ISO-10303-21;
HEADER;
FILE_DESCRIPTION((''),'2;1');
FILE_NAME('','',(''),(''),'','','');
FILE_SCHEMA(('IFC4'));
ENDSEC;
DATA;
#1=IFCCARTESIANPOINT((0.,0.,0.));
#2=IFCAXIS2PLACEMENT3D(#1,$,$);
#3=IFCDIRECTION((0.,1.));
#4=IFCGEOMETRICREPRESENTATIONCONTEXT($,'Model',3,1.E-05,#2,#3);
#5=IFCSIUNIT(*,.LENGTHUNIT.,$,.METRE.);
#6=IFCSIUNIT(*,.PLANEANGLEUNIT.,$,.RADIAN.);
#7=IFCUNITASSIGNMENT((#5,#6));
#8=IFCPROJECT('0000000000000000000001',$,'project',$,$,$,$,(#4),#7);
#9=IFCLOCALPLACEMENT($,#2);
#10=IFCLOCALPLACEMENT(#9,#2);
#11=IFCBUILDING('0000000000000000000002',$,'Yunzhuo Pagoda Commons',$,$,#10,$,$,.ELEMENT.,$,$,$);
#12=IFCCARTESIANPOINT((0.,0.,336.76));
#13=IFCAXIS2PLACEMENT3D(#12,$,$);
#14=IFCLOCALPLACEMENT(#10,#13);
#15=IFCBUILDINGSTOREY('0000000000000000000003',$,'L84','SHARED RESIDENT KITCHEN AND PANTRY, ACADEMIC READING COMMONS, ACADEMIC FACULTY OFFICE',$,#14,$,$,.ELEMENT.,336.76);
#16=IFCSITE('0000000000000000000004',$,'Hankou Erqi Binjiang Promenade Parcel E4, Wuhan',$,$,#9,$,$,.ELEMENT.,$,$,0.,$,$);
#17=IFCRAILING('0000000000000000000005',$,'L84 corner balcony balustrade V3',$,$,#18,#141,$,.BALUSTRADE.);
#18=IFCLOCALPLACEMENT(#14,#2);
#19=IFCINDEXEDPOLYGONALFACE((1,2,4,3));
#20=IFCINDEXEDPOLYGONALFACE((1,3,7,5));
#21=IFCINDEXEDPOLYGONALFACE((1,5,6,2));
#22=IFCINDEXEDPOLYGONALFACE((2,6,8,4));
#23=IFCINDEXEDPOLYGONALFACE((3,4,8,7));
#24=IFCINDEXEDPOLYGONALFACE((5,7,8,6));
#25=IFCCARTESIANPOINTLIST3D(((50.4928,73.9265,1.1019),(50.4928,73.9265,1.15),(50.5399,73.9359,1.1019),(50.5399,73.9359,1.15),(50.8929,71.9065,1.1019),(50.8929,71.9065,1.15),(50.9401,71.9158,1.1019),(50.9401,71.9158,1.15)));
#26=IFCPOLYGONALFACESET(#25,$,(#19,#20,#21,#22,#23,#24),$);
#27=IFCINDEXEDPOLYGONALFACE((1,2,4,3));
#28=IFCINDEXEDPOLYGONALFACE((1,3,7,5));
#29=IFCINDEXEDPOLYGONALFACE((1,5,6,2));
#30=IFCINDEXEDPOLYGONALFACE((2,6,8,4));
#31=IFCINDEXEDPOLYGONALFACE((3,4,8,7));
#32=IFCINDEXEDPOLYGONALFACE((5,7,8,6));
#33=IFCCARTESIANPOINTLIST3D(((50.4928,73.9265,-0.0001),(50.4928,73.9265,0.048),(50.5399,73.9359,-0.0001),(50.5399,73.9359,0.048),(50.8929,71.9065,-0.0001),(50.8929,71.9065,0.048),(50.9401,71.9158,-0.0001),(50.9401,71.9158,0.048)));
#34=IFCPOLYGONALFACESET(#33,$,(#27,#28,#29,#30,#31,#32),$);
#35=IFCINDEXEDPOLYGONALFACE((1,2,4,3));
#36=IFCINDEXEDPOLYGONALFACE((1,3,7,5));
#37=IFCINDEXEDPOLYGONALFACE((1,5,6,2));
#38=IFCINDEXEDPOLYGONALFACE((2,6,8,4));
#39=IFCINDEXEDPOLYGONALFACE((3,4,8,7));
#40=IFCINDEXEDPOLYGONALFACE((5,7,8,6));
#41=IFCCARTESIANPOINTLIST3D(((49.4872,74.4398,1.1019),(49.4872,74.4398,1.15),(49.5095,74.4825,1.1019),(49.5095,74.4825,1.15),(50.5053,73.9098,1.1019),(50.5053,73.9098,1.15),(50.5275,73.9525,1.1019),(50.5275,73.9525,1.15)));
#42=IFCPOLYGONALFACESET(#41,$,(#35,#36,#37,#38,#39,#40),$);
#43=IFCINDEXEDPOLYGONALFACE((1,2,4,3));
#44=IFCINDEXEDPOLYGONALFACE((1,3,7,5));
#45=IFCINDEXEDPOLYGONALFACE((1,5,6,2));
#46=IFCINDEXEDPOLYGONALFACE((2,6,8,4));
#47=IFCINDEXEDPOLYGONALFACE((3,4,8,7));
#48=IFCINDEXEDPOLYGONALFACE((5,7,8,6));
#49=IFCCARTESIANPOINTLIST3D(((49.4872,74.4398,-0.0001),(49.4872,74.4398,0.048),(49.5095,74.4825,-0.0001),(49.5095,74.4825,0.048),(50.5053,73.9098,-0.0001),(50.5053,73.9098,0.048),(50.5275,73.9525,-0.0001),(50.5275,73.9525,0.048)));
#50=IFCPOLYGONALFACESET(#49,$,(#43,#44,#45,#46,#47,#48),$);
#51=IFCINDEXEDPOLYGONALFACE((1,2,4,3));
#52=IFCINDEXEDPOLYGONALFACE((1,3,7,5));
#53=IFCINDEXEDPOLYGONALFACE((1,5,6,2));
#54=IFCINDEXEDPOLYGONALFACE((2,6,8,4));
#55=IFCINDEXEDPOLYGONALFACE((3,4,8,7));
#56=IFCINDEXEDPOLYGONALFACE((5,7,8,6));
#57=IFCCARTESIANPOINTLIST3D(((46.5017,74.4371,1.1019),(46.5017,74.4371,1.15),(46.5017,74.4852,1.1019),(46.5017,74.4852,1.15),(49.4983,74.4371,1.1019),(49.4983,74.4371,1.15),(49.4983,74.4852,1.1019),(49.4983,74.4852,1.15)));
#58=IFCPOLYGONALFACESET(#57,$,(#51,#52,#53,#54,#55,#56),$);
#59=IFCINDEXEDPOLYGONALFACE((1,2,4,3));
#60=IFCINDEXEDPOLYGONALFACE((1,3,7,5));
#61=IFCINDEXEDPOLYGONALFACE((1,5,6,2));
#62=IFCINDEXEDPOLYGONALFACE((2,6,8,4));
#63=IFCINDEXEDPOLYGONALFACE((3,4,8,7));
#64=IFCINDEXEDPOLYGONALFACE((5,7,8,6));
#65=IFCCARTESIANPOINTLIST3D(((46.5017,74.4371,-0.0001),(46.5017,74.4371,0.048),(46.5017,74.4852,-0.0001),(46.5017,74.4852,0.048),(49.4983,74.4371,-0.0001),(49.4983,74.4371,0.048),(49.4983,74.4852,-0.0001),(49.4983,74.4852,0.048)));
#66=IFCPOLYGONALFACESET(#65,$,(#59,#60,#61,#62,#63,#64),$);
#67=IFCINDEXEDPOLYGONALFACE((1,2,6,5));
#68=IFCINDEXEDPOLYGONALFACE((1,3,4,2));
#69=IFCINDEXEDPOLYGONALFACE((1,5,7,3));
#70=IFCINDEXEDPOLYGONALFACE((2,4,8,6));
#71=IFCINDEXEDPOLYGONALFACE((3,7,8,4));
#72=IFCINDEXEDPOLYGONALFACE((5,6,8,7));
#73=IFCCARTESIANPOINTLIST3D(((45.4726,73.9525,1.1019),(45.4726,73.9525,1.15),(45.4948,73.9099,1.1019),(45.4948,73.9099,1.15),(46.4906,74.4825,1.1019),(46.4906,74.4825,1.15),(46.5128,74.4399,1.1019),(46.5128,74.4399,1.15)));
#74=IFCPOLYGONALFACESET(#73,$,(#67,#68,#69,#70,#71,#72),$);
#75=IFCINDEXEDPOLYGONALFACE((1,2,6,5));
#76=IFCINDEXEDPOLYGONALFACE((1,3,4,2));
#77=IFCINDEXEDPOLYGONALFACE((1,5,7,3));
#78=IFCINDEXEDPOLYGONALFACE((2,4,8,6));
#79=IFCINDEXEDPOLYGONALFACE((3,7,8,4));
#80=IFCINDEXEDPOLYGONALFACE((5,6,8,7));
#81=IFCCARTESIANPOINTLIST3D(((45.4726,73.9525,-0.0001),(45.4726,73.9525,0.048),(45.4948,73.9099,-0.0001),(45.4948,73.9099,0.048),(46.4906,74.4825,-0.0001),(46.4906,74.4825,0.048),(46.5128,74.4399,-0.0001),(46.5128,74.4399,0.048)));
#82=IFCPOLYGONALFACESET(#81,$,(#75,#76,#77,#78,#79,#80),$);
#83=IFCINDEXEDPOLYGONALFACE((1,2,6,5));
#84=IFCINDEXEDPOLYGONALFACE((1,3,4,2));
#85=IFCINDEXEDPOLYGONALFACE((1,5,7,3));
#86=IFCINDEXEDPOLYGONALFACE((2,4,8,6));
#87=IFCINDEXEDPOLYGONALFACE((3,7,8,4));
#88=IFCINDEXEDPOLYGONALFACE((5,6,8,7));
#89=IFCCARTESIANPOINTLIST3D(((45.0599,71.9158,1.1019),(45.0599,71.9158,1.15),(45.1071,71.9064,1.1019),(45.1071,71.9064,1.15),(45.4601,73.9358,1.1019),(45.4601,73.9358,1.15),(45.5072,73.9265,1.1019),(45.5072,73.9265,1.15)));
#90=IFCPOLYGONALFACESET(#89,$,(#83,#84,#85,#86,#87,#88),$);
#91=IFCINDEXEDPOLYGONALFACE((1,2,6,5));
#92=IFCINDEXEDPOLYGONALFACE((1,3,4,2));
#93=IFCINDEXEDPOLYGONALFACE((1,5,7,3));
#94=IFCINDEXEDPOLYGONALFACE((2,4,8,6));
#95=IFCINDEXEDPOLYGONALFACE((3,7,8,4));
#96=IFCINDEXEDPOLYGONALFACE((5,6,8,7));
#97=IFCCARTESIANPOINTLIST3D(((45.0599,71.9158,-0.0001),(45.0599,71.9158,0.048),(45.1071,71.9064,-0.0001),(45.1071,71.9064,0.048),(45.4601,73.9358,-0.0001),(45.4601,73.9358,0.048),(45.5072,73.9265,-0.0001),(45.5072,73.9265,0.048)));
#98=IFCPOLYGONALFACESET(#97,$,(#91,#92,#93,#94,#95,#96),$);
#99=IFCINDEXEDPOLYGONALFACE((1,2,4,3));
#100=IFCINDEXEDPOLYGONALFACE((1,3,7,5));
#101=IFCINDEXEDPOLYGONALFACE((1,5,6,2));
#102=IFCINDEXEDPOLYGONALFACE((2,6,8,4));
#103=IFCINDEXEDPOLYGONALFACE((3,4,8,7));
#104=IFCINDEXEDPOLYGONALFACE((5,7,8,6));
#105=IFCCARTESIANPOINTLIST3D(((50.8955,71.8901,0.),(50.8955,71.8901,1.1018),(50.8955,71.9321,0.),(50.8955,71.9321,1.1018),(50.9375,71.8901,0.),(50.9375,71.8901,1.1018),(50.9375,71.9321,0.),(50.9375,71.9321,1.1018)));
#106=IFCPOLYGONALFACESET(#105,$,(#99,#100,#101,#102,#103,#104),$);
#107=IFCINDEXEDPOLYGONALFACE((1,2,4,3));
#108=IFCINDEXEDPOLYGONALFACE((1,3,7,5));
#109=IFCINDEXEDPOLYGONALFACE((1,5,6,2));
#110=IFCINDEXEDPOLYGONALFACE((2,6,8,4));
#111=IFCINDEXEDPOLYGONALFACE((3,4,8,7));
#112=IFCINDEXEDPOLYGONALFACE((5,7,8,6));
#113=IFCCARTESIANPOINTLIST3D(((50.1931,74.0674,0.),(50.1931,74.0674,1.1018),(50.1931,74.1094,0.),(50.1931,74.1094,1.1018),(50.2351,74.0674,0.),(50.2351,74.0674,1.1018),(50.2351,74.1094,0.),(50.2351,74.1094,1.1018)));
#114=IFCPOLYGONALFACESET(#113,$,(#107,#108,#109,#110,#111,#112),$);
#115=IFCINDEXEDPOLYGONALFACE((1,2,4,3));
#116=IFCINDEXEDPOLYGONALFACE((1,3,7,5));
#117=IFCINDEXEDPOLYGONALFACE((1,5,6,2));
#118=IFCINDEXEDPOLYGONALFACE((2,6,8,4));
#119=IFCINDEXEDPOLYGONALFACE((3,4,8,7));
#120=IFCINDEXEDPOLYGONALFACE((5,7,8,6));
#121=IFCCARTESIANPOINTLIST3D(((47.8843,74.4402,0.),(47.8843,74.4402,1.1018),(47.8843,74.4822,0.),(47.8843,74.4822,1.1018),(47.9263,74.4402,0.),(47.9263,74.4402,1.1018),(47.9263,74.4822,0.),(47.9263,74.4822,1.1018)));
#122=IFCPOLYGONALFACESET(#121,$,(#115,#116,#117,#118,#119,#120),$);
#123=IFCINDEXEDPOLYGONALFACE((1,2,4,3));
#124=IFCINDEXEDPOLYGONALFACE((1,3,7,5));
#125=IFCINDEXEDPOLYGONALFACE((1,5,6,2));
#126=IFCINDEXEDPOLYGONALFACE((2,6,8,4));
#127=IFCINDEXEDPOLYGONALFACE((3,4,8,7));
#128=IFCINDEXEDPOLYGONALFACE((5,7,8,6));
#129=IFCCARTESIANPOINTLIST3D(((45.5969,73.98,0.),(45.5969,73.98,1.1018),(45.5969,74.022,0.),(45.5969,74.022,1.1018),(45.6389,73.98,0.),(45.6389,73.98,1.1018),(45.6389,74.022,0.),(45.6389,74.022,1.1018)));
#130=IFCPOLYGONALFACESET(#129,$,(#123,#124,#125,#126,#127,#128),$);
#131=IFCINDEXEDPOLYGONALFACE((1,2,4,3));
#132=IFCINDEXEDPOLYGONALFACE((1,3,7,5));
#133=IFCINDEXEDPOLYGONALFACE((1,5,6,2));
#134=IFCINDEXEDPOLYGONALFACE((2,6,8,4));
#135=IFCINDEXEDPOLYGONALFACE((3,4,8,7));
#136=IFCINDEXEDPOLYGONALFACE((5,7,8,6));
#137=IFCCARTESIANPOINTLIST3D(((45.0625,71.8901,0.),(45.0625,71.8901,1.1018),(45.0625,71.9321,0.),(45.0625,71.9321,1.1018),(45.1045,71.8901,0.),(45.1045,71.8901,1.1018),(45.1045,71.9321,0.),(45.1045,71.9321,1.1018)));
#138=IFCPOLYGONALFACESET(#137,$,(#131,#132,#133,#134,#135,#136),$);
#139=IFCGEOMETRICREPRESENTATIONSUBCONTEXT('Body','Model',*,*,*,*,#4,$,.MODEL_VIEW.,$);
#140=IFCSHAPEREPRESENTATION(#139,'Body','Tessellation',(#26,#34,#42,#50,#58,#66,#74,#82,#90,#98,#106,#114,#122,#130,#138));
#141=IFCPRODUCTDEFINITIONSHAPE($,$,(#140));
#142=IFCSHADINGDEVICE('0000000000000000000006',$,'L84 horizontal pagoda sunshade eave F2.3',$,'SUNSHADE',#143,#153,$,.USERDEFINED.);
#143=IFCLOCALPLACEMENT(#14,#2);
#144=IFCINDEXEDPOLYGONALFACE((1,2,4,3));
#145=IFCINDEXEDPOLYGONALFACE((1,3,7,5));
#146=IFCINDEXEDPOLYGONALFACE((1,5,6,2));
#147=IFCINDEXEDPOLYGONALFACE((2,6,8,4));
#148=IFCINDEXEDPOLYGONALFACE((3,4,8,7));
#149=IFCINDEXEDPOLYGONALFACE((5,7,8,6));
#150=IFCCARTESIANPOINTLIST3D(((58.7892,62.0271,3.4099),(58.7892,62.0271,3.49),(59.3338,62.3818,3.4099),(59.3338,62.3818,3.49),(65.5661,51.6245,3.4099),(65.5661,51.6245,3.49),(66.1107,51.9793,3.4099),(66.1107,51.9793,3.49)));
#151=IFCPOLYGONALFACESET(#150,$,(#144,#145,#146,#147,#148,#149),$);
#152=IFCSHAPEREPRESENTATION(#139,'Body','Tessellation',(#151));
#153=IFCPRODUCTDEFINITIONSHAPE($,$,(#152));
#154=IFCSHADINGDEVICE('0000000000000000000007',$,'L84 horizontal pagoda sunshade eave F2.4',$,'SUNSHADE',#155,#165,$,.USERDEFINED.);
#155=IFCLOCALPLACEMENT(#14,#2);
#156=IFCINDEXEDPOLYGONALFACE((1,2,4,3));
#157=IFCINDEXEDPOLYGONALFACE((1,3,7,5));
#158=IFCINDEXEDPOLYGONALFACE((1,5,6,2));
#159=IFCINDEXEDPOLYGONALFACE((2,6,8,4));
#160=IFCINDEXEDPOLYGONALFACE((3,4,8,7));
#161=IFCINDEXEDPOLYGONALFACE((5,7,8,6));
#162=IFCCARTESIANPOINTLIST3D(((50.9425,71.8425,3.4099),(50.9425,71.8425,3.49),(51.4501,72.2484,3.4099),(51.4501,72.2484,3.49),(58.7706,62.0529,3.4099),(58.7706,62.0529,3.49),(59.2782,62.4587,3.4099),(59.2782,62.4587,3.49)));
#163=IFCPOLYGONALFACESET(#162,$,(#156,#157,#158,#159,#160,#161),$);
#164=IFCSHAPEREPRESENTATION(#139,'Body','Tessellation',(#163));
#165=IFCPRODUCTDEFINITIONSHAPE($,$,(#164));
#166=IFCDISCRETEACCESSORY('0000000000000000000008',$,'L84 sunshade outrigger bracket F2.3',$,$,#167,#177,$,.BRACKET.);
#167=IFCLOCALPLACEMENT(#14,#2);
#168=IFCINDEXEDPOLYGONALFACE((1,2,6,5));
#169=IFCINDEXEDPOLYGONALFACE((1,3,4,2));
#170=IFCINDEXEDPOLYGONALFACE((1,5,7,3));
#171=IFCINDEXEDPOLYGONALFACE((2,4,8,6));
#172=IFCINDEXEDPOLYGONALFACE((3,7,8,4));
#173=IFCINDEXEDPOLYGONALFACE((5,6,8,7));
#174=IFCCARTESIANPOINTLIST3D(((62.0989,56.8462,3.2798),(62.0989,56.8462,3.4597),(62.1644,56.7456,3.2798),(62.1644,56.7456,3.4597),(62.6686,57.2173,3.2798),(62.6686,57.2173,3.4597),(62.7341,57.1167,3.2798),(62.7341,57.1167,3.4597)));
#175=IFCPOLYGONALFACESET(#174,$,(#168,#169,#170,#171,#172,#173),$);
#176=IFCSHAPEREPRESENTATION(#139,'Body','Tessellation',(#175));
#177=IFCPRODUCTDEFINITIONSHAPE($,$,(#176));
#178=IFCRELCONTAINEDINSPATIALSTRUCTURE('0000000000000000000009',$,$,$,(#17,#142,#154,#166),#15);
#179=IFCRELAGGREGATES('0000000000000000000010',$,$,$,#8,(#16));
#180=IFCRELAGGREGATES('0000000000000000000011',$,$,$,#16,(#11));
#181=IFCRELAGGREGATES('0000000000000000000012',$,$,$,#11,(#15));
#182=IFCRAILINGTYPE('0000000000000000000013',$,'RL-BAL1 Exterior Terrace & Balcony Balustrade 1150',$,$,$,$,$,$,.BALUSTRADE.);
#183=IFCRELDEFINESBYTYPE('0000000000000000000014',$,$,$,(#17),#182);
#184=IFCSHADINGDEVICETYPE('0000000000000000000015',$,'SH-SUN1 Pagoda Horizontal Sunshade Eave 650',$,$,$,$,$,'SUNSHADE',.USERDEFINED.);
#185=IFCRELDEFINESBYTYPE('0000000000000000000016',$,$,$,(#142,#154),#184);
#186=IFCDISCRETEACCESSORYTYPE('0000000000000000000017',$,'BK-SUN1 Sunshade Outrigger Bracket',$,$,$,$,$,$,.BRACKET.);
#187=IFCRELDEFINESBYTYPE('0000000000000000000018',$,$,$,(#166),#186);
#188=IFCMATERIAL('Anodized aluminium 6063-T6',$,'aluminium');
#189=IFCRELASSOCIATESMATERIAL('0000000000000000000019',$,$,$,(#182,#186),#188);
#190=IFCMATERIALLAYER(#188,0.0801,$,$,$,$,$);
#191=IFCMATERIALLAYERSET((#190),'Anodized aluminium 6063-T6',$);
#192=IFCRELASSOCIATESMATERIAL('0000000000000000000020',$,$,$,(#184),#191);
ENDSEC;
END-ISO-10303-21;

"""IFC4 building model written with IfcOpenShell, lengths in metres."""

from ifc_helpers import new_model, si_unit, direction, frame, origin, origin_2d, place, context, subcontext, project, spatial, rectangle, extrude, source, transform, mapped, material, layer, layer_set, type_object, element, save


model = new_model("IFC4")

# Units and contexts
model_context = context("Model", 3, precision=1e-05, world=origin(), true_north=direction((0.0, 1.0)))
body_context = subcontext(model_context, "Body", "Model", "MODEL_VIEW")
ifc_project = project(units=[si_unit("LENGTHUNIT", "METRE"), si_unit("PLANEANGLEUNIT", "RADIAN")], contexts=[model_context])

# Site, building, storey
site_placement = place(None, origin())
site = spatial("IfcSite", under=ifc_project, at=site_placement, Name="Hankou Erqi Binjiang Promenade Parcel E4, Wuhan", CompositionType="ELEMENT", RefElevation=0.0)
building_placement = place(site_placement, origin())
building = spatial("IfcBuilding", under=site, at=building_placement, Name="Yunzhuo Pagoda Commons", CompositionType="ELEMENT")
storey_placement = place(building_placement, frame((0.0, 0.0, 336.76)))
storey = spatial("IfcBuildingStorey", under=building, at=storey_placement, Name="L84", Description="SHARED RESIDENT KITCHEN AND PANTRY, ACADEMIC READING COMMONS, ACADEMIC FACULTY OFFICE", CompositionType="ELEMENT", Elevation=336.76)

# Shared definitions
ifc_material_1 = material(Name="Anodized aluminium 6063-T6", Category="aluminium")

# Railing
railing_type = type_object("IfcRailingType", Name="RL-BAL1 Exterior Terrace & Balcony Balustrade 1150", PredefinedType="BALUSTRADE", material=ifc_material_1)
railing_placement = place(storey_placement, frame((50.9165, 71.9111, 0.0)))
element("IfcRailing", 1, at=railing_placement, inside=storey, type_object=railing_type, Name="L84 corner balcony balustrade V3", PredefinedType="BALUSTRADE", context=body_context, shape_type="SweptSolid", body=[
    extrude(rectangle(XDim=0.0481, YDim=0.0481, at=origin_2d()), frame((0.0, 0.0, 1.126), z_axis=(-0.194315, 0.980939, 0.0), x_axis=(-0.980939, -0.194315, 0.0)), (0.0, 0.0, 1.0), 2.0593),
    extrude(rectangle(XDim=0.0481, YDim=0.0481, at=origin_2d()), frame((0.0, 0.0, 0.0239), z_axis=(-0.194315, 0.980939, 0.0), x_axis=(-0.980939, -0.194315, 0.0)), (0.0, 0.0, 1.0), 2.0593),
    extrude(rectangle(XDim=0.0481, YDim=0.0481, at=origin_2d()), frame((-0.4001, 2.02, 1.126), z_axis=(-0.88699, 0.461788, 0.0), x_axis=(-0.461788, -0.88699, 0.0)), (0.0, 0.0, 1.0), 1.1477),
    extrude(rectangle(XDim=0.0481, YDim=0.0481, at=origin_2d()), frame((-0.4001, 2.02, 0.0239), z_axis=(-0.88699, 0.461788, 0.0), x_axis=(-0.461788, -0.88699, 0.0)), (0.0, 0.0, 1.0), 1.1477),
    extrude(rectangle(XDim=0.0481, YDim=0.0481, at=origin_2d()), frame((-1.4182, 2.55, 1.126), z_axis=(-1.0, 0.0, 0.0), x_axis=(0.0, -1.0, 0.0)), (0.0, 0.0, 1.0), 2.9966),
    extrude(rectangle(XDim=0.0481, YDim=0.0481, at=origin_2d()), frame((-1.4182, 2.55, 0.0239), z_axis=(-1.0, 0.0, 0.0), x_axis=(0.0, -1.0, 0.0)), (0.0, 0.0, 1.0), 2.9966),
    extrude(rectangle(XDim=0.0481, YDim=0.0481, at=origin_2d()), frame((-4.4148, 2.55, 1.126), z_axis=(-0.88699, -0.461788, 0.0), x_axis=(0.461788, -0.88699, 0.0)), (0.0, 0.0, 1.0), 1.1477),
    extrude(rectangle(XDim=0.0481, YDim=0.0481, at=origin_2d()), frame((-4.4148, 2.55, 0.0239), z_axis=(-0.88699, -0.461788, 0.0), x_axis=(0.461788, -0.88699, 0.0)), (0.0, 0.0, 1.0), 1.1477),
    extrude(rectangle(XDim=0.0481, YDim=0.0481, at=origin_2d()), frame((-5.4329, 2.02, 1.126), z_axis=(-0.194315, -0.980939, 0.0), x_axis=(0.980939, -0.194315, 0.0)), (0.0, 0.0, 1.0), 2.0593),
    extrude(rectangle(XDim=0.0481, YDim=0.0481, at=origin_2d()), frame((-5.4329, 2.02, 0.0239), z_axis=(-0.194315, -0.980939, 0.0), x_axis=(0.980939, -0.194315, 0.0)), (0.0, 0.0, 1.0), 2.0593),
    extrude(rectangle(XDim=0.042, YDim=0.042, at=origin_2d()), origin(), (0.0, 0.0, 1.0), 1.1018),
    extrude(rectangle(XDim=0.042, YDim=0.042, at=origin_2d()), frame((-0.7024, 2.1772, 0.0)), (0.0, 0.0, 1.0), 1.1018),
    extrude(rectangle(XDim=0.042, YDim=0.042, at=origin_2d()), frame((-3.0112, 2.55, 0.0)), (0.0, 0.0, 1.0), 1.1018),
    extrude(rectangle(XDim=0.042, YDim=0.042, at=origin_2d()), frame((-5.2986, 2.0898, 0.0)), (0.0, 0.0, 1.0), 1.1018),
    extrude(rectangle(XDim=0.042, YDim=0.042, at=origin_2d()), frame((-5.833, 0.0, 0.0)), (0.0, 0.0, 1.0), 1.1018),
])

# Shading devices
ifc_layer_1 = layer(ifc_material_1, 0.0801)
ifc_layer_set_1 = layer_set([ifc_layer_1], Name="Anodized aluminium 6063-T6")
shading_device_type = type_object("IfcShadingDeviceType", Name="SH-SUN1 Pagoda Horizontal Sunshade Eave 650", ElementType="SUNSHADE", PredefinedType="USERDEFINED", material=ifc_layer_set_1)
shared_shape_1 = source(origin(), body_context, "Body", "SweptSolid", [
    extrude(rectangle(XDim=12.4153, YDim=0.6499, at=origin_2d()), origin(), (0.0, 0.0, 1.0), 0.0801),
])
shading_device_1_placement = place(storey_placement, frame((62.45, 57.0032, 3.4099), z_axis=(0.0, 0.0, 1.0), x_axis=(-0.545853, 0.837881, 0.0)))
element("IfcShadingDevice", 2, at=shading_device_1_placement, inside=storey, type_object=shading_device_type, Name="L84 horizontal pagoda sunshade eave F2.3", ObjectType="SUNSHADE", PredefinedType="USERDEFINED", context=body_context, shape_type="MappedRepresentation", body=[
    mapped(shared_shape_1, transform((0.0, 0.0, 0.0), scale=1.0)),
])
shared_shape_2 = source(origin(), body_context, "Body", "SweptSolid", [
    extrude(rectangle(XDim=12.5347, YDim=0.6499, at=origin_2d()), origin(), (0.0, 0.0, 1.0), 0.0801),
])
shading_device_2_placement = place(storey_placement, frame((55.1104, 67.1506, 3.4099), z_axis=(0.0, 0.0, 1.0), x_axis=(-0.62452, 0.781008, 0.0)))
element("IfcShadingDevice", 3, at=shading_device_2_placement, inside=storey, type_object=shading_device_type, Name="L84 horizontal pagoda sunshade eave F2.4", ObjectType="SUNSHADE", PredefinedType="USERDEFINED", context=body_context, shape_type="MappedRepresentation", body=[
    mapped(shared_shape_2, transform((0.0, 0.0, 0.0), scale=1.0)),
])

# Discrete accessory
discrete_accessory_type = type_object("IfcDiscreteAccessoryType", Name="BK-SUN1 Sunshade Outrigger Bracket", PredefinedType="BRACKET", material=ifc_material_1)
shared_shape_3 = source(origin(), body_context, "Body", "SweptSolid", [
    extrude(rectangle(XDim=0.1201, YDim=0.6799, at=origin_2d()), origin(), (0.0, 0.0, 1.0), 0.1799),
])
discrete_accessory_placement = place(storey_placement, frame((62.4165, 56.9814, 3.2798), z_axis=(0.0, 0.0, 1.0), x_axis=(-0.545853, 0.837881, 0.0)))
element("IfcDiscreteAccessory", 4, at=discrete_accessory_placement, inside=storey, type_object=discrete_accessory_type, Name="L84 sunshade outrigger bracket F2.3", PredefinedType="BRACKET", context=body_context, shape_type="MappedRepresentation", body=[
    mapped(shared_shape_3, transform((0.0, 0.0, 0.0), scale=1.0)),
])

save(model, "model.ifc")
